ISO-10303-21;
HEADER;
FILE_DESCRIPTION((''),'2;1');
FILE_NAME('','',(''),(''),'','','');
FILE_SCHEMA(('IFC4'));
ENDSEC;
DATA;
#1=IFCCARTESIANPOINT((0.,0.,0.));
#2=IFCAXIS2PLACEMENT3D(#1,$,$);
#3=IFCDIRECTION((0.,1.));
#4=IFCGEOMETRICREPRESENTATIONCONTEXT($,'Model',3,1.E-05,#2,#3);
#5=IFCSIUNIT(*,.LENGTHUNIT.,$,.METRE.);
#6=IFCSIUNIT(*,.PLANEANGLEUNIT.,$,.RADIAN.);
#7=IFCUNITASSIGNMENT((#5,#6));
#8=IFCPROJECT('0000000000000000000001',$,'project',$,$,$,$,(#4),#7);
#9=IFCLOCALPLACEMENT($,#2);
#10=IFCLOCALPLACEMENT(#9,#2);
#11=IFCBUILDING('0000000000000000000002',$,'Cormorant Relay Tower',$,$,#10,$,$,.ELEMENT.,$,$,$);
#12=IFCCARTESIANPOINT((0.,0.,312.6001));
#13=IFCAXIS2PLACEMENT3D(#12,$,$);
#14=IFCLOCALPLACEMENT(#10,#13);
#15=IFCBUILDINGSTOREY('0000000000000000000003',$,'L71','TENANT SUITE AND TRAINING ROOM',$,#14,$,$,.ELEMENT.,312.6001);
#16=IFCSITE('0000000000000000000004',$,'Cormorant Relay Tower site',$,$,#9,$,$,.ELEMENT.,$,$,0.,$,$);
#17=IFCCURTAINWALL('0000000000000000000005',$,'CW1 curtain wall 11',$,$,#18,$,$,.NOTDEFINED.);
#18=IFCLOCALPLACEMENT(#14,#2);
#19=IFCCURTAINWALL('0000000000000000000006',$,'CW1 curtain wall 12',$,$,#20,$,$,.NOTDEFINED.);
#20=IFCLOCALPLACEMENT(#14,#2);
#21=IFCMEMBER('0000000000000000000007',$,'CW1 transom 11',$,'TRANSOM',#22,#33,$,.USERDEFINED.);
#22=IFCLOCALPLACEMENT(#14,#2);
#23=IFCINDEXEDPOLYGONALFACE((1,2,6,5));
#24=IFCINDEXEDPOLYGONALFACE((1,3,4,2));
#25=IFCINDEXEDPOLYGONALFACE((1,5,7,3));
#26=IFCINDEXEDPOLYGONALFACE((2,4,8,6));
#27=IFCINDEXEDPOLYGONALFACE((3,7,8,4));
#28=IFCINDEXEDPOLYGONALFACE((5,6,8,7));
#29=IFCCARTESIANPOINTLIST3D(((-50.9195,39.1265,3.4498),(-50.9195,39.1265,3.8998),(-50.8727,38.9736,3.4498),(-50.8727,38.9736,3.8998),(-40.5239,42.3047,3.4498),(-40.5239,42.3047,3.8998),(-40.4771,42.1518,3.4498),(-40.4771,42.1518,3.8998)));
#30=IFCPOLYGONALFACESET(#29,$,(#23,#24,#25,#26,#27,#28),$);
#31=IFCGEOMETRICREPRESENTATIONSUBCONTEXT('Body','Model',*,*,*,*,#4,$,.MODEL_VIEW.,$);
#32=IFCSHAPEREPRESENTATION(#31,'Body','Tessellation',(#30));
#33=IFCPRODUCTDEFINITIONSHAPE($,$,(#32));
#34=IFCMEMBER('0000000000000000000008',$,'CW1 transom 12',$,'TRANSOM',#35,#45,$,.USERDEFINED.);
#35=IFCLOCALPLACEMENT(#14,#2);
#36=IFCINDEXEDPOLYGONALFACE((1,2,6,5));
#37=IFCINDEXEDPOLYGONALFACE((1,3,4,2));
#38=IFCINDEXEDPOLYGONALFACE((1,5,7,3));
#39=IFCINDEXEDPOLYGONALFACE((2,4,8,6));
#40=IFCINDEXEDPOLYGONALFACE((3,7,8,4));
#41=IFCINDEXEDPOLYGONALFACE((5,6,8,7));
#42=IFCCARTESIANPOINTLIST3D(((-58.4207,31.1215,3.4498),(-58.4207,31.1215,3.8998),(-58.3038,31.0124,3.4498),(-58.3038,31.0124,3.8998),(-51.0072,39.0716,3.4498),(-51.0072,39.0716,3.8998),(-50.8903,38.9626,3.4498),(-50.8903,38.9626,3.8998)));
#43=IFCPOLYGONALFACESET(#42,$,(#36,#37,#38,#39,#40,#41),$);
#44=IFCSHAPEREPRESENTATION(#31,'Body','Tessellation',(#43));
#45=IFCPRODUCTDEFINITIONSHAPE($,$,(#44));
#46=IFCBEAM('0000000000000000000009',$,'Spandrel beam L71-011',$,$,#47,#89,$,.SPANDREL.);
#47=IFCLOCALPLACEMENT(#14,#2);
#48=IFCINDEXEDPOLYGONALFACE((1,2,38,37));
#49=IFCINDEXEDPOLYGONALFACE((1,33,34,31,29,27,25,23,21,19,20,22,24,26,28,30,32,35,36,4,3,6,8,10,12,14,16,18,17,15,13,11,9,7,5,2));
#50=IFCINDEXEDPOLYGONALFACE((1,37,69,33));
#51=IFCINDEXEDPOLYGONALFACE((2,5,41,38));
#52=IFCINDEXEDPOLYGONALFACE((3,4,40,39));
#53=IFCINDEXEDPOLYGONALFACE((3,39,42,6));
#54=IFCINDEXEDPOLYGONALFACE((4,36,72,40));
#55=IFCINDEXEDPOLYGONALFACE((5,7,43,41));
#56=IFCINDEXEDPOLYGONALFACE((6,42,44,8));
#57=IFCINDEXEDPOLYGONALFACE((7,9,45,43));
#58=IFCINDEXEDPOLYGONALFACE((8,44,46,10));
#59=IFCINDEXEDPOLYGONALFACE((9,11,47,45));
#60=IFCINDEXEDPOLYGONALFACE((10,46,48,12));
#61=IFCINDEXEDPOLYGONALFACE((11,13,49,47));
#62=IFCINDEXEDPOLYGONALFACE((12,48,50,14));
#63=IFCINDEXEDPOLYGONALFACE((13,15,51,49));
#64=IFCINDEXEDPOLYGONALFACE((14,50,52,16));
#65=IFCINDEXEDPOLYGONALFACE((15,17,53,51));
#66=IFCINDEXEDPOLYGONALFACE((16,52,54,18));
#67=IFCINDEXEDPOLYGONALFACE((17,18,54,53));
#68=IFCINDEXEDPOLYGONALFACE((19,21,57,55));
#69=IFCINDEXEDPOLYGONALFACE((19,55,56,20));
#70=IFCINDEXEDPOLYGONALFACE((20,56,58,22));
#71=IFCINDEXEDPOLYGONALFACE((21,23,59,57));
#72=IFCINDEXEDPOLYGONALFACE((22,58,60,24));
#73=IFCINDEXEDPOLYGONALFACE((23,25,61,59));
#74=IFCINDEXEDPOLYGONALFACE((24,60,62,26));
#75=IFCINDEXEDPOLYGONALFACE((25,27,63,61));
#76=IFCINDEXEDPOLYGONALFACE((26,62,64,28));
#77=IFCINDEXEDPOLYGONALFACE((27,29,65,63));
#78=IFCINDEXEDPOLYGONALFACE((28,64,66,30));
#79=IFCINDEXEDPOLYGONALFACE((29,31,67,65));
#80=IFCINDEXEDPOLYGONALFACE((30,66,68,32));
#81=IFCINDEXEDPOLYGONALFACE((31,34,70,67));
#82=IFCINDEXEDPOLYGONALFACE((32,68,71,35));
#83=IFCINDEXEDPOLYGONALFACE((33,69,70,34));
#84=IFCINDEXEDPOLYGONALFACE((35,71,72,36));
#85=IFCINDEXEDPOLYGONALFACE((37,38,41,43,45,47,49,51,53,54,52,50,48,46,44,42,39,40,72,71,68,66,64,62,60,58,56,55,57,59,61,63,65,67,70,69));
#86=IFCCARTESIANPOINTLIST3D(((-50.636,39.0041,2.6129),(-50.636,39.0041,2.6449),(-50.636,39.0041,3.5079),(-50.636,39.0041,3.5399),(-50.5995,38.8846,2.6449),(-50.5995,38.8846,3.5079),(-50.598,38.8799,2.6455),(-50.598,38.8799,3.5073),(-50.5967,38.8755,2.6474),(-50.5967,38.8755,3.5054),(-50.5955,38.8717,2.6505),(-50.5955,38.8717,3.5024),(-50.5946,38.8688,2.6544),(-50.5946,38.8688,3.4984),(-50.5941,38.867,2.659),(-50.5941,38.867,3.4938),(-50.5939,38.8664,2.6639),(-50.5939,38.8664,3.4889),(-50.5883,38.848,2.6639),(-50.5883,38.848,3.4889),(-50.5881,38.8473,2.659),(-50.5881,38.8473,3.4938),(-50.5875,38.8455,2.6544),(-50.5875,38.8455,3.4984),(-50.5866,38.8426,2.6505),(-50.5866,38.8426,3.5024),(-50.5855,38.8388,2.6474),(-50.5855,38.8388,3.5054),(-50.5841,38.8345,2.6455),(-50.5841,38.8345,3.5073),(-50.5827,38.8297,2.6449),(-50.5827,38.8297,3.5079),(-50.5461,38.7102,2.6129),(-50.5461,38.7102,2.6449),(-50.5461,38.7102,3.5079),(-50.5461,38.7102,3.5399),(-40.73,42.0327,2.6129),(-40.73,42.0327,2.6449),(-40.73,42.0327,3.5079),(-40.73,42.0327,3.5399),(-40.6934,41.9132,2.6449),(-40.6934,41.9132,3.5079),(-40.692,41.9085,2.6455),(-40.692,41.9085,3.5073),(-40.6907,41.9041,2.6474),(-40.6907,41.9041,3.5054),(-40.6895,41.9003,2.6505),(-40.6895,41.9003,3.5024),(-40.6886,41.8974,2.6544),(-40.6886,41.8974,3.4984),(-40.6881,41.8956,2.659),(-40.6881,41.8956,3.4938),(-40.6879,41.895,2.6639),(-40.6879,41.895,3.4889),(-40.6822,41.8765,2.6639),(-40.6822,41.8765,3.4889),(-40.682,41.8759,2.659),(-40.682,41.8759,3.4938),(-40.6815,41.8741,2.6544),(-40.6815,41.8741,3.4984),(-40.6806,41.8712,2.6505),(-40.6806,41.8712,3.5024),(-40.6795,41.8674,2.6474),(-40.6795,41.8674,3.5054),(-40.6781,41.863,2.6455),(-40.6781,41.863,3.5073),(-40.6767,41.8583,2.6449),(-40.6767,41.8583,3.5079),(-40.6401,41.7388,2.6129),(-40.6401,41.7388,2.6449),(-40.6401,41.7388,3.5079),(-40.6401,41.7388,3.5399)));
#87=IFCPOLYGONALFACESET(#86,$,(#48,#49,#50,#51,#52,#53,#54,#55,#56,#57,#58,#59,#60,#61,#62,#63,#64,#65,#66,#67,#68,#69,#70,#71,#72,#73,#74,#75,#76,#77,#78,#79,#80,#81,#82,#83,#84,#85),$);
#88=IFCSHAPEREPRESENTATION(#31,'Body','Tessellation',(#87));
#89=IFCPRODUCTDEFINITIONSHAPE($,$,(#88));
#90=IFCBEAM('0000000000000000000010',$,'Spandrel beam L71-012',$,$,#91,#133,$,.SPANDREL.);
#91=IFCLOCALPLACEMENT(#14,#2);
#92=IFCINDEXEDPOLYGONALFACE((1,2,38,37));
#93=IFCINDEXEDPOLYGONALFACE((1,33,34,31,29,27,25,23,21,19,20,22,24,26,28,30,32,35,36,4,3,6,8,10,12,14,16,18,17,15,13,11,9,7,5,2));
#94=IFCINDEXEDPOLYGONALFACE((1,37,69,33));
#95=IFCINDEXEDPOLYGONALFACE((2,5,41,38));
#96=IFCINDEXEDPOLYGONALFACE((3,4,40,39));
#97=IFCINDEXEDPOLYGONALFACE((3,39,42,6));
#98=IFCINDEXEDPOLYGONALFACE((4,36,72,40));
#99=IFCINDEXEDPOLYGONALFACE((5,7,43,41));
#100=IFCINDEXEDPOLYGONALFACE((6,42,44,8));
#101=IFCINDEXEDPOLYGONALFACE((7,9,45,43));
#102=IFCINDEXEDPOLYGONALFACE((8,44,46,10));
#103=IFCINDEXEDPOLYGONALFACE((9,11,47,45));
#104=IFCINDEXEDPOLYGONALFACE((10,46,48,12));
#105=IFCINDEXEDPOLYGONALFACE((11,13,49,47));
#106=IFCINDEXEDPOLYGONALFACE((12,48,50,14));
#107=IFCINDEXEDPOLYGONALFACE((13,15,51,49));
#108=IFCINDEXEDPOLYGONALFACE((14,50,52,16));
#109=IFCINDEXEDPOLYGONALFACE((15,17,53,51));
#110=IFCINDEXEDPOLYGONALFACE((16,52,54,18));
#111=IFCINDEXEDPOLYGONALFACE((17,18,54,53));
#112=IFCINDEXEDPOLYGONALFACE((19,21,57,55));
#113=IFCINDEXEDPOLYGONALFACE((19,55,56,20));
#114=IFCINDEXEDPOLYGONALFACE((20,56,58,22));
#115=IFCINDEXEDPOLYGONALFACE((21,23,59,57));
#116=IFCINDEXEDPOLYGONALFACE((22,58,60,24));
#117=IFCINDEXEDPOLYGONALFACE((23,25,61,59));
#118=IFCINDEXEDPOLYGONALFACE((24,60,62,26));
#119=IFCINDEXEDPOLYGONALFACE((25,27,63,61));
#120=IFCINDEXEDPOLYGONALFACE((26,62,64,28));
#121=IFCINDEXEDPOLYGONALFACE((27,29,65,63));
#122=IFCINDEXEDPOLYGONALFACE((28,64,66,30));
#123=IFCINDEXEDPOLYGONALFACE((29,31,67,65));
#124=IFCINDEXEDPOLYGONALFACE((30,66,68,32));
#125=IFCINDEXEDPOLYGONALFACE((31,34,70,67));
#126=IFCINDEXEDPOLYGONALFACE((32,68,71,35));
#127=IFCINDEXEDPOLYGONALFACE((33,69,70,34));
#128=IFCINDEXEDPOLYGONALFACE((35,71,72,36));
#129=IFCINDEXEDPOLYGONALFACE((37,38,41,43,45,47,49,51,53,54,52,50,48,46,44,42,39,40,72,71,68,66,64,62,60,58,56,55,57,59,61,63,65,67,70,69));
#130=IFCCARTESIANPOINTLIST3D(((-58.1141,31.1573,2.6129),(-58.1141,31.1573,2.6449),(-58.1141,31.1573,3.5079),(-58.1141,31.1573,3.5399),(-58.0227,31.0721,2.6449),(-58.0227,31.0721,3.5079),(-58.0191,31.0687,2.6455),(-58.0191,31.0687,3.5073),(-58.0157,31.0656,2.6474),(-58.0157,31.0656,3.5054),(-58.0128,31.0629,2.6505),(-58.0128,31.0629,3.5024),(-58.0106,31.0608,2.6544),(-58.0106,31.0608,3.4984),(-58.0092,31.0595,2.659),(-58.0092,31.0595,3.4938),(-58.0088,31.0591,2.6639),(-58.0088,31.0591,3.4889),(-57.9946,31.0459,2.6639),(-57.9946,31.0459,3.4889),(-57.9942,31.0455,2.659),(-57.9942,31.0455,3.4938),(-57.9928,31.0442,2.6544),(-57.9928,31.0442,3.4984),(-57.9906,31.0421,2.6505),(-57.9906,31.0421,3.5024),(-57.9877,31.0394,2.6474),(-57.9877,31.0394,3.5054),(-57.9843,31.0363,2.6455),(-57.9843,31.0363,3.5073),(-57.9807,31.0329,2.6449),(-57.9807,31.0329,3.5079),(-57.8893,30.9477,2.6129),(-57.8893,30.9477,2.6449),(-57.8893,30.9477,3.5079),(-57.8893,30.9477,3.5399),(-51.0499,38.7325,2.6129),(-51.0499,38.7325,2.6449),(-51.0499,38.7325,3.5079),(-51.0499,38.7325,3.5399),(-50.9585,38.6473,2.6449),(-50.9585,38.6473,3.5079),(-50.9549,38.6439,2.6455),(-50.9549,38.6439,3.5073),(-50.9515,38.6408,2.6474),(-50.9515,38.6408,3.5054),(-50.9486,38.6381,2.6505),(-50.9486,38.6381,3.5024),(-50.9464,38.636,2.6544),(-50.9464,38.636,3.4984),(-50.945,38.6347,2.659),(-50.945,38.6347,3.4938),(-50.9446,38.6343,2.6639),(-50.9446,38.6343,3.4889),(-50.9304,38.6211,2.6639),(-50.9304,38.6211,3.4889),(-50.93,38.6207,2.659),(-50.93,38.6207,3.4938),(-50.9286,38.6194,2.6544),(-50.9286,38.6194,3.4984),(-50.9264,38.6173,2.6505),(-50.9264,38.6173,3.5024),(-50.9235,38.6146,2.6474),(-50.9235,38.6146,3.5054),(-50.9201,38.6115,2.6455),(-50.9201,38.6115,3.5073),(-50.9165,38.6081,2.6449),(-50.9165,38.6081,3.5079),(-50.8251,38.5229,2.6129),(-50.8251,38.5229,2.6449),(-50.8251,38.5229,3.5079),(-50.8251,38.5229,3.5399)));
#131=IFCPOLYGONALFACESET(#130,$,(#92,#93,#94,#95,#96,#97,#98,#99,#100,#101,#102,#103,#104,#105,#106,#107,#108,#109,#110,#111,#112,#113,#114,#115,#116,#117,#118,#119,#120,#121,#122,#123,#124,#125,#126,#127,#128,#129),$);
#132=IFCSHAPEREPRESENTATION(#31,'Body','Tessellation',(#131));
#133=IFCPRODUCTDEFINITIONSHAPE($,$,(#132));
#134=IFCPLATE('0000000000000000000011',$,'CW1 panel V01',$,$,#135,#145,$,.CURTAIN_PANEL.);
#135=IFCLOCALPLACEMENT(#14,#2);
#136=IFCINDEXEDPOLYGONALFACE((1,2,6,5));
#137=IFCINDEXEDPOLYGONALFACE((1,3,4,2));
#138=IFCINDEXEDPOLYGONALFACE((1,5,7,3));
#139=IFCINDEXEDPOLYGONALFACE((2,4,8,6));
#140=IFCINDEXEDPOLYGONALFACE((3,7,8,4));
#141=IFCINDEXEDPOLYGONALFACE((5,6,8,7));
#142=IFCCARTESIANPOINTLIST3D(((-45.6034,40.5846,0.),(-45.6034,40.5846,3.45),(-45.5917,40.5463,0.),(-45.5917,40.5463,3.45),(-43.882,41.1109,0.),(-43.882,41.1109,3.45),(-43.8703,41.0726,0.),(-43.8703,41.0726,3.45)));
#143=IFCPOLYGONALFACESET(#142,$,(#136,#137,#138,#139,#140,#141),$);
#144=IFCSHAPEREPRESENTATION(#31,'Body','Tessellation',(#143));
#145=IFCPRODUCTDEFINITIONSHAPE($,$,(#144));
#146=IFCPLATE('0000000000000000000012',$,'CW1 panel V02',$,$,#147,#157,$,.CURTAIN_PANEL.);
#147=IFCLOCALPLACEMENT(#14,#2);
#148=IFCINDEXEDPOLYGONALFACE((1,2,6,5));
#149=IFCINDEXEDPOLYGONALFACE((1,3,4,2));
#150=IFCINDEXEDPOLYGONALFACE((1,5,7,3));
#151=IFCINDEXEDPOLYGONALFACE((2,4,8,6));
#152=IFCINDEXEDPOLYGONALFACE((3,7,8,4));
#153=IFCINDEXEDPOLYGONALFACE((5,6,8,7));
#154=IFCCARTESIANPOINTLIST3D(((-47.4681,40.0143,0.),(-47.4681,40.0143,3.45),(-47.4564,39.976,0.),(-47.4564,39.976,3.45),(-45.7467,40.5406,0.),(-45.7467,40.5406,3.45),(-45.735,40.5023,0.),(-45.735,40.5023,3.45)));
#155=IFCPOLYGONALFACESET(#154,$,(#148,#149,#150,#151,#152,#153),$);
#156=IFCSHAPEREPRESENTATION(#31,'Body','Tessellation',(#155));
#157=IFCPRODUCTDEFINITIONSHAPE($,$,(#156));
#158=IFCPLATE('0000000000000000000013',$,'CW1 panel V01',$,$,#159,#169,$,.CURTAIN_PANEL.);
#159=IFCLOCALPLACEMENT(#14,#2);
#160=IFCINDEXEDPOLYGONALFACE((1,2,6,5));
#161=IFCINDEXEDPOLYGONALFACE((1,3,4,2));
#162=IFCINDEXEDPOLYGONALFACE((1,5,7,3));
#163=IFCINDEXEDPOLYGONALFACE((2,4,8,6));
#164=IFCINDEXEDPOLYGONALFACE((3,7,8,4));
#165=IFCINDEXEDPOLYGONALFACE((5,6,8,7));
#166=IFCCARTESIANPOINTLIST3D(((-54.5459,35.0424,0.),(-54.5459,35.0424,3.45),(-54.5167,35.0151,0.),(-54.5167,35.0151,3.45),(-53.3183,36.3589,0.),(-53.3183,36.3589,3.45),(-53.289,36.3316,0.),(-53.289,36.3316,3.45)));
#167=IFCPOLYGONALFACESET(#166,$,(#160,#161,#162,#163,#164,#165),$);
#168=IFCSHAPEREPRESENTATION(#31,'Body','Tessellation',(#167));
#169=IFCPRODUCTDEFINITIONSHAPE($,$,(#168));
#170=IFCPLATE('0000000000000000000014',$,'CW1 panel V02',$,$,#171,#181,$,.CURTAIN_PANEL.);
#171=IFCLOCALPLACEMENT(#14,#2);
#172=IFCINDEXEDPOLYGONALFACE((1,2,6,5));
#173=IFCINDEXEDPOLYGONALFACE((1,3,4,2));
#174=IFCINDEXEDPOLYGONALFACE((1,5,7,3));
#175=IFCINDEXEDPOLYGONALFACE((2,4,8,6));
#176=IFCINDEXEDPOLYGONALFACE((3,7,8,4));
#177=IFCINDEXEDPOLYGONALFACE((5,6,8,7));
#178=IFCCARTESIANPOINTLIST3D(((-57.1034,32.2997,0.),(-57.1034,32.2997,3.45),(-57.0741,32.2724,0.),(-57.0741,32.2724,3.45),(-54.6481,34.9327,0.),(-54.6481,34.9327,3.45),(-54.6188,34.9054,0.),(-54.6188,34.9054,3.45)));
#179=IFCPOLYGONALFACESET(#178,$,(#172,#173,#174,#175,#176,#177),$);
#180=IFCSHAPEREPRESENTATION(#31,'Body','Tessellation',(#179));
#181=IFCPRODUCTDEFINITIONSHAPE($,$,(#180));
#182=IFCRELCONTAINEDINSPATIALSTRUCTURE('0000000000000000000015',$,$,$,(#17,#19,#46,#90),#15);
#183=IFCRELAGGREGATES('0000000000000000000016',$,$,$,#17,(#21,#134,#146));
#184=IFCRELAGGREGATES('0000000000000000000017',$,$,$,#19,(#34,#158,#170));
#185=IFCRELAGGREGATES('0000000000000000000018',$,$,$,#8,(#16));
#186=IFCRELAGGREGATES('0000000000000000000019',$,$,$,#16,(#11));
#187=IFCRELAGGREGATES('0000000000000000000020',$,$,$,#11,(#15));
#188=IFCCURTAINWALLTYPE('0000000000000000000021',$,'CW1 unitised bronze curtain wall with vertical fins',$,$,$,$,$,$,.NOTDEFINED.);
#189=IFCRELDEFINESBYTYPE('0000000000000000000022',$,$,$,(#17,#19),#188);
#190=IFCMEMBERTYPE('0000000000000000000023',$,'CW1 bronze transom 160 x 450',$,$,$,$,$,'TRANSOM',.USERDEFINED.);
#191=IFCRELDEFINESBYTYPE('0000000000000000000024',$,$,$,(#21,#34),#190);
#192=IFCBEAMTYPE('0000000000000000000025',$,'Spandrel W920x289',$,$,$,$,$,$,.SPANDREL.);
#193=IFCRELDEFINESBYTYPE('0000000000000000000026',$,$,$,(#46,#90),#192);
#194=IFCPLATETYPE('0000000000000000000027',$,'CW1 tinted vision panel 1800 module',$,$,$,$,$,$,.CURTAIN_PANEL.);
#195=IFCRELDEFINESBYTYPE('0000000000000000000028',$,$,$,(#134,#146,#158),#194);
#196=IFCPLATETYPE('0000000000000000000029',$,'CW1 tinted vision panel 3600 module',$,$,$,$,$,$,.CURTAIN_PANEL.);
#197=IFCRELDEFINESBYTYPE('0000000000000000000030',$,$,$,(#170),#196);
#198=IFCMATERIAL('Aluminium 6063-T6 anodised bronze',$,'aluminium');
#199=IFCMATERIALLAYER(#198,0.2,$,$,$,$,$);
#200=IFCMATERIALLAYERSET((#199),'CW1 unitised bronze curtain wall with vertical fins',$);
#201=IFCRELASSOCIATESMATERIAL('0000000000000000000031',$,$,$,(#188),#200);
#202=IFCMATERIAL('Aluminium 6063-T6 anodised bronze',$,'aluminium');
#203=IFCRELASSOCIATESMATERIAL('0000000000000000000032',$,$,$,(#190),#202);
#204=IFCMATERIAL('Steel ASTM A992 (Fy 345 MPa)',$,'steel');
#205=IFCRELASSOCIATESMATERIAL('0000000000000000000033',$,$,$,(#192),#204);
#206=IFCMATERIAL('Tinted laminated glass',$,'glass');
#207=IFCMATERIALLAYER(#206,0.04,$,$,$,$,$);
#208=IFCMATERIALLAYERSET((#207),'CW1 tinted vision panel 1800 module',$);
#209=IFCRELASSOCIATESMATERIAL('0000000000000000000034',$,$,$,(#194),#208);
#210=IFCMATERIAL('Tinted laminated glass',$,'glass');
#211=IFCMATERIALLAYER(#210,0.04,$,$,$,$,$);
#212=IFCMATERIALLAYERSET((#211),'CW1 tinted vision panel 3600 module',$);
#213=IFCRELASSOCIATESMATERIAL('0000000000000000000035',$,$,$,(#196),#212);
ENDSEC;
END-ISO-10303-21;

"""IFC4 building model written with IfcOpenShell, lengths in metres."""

from ifc_helpers import new_model, si_unit, direction, frame, origin, origin_2d, place, context, subcontext, project, spatial, rectangle, i_section, extrude, material, layer, layer_set, material_profile, profile_set, type_object, element, aggregate, save


model = new_model("IFC4")

# Units and contexts
model_context = context("Model", 3, precision=1e-05, world=origin(), true_north=direction((0.0, 1.0)))
body_context = subcontext(model_context, "Body", "Model", "MODEL_VIEW")
ifc_project = project(units=[si_unit("LENGTHUNIT", "METRE"), si_unit("PLANEANGLEUNIT", "RADIAN")], contexts=[model_context])

# Site, building, storey
site_placement = place(None, origin())
site = spatial("IfcSite", under=ifc_project, at=site_placement, Name="Cormorant Relay Tower site", CompositionType="ELEMENT", RefElevation=0.0)
building_placement = place(site_placement, origin())
building = spatial("IfcBuilding", under=site, at=building_placement, Name="Cormorant Relay Tower", CompositionType="ELEMENT")
storey_placement = place(building_placement, frame((0.0, 0.0, 312.6001)))
storey = spatial("IfcBuildingStorey", under=building, at=storey_placement, Name="L71", Description="TENANT SUITE AND TRAINING ROOM", CompositionType="ELEMENT", Elevation=312.6001)

# Curtain walls
ifc_material_1 = material(Name="Aluminium 6063-T6 anodised bronze", Category="aluminium")
ifc_layer_1 = layer(ifc_material_1, 0.2)
ifc_layer_set_1 = layer_set([ifc_layer_1], Name="CW1 unitised bronze curtain wall with vertical fins")
curtain_wall_type = type_object("IfcCurtainWallType", Name="CW1 unitised bronze curtain wall with vertical fins", PredefinedType="NOTDEFINED", material=ifc_layer_set_1)
curtain_wall_1_placement = place(storey_placement, origin())
curtain_wall_1 = element("IfcCurtainWall", 1, at=curtain_wall_1_placement, inside=storey, type_object=curtain_wall_type, Name="CW1 curtain wall 11", PredefinedType="NOTDEFINED")
curtain_wall_2_placement = place(storey_placement, origin())
curtain_wall_2 = element("IfcCurtainWall", 2, at=curtain_wall_2_placement, inside=storey, type_object=curtain_wall_type, Name="CW1 curtain wall 12", PredefinedType="NOTDEFINED")

# Members
ifc_material_2 = material(Name="Aluminium 6063-T6 anodised bronze", Category="aluminium")
ifc_material_profile_1 = material_profile(ifc_material_2, rectangle(XDim=0.1599, YDim=0.45, at=origin_2d()), Name="AL 160x450")
ifc_profile_set_1 = profile_set([ifc_material_profile_1], Name="Aluminium 6063-T6 anodised bronze")
member_type_1 = type_object("IfcMemberType", Name="CW1 bronze transom 160 x 450", ElementType="TRANSOM", PredefinedType="USERDEFINED", material=ifc_profile_set_1)
member_1_placement = place(storey_placement, frame((-40.5005, 42.2283, 3.6748), z_axis=(-0.956305, -0.292371, 0.0), x_axis=(0.292371, -0.956305, 0.0)))
member_1 = element("IfcMember", 3, at=member_1_placement, type_object=member_type_1, Name="CW1 transom 11", ObjectType="TRANSOM", PredefinedType="USERDEFINED", context=body_context, shape_type="SweptSolid", body=[
    extrude(rectangle(XDim=0.1599, YDim=0.45, at=origin_2d()), origin(), (0.0, 0.0, 1.0), 10.8706),
])
member_2_placement = place(storey_placement, frame((-50.9487, 39.0171, 3.6748), z_axis=(-0.681993, -0.731358, 0.0), x_axis=(0.731358, -0.681993, 0.0)))
member_2 = element("IfcMember", 4, at=member_2_placement, type_object=member_type_1, Name="CW1 transom 12", ObjectType="TRANSOM", PredefinedType="USERDEFINED", context=body_context, shape_type="SweptSolid", body=[
    extrude(rectangle(XDim=0.1599, YDim=0.45, at=origin_2d()), origin(), (0.0, 0.0, 1.0), 10.8704),
])

# Beams
ifc_material_3 = material(Name="Steel ASTM A992 (Fy 345 MPa)", Category="steel")
ifc_material_profile_2 = material_profile(ifc_material_3, i_section(OverallWidth=0.3074, OverallDepth=0.927, WebThickness=0.0193, FlangeThickness=0.032, FilletRadius=0.019, at=origin_2d()), Name="W920x289")
ifc_profile_set_2 = profile_set([ifc_material_profile_2], Name="Steel ASTM A992 (Fy 345 MPa)")
beam_type = type_object("IfcBeamType", Name="Spandrel W920x289", PredefinedType="SPANDREL", material=ifc_profile_set_2)
beam_1_placement = place(storey_placement, frame((-40.6851, 41.8857, 3.0764), z_axis=(-0.956305, -0.292371, 0.0), x_axis=(0.292371, -0.956305, 0.0)))
element("IfcBeam", 5, at=beam_1_placement, inside=storey, type_object=beam_type, Name="Spandrel beam L71-011", PredefinedType="SPANDREL", context=body_context, shape_type="SweptSolid", body=[
    extrude(i_section(OverallWidth=0.3074, OverallDepth=0.927, WebThickness=0.0193, FlangeThickness=0.032, FilletRadius=0.019, at=origin_2d()), origin(), (0.0, 0.0, 1.0), 10.3586),
])
beam_2_placement = place(storey_placement, frame((-50.9375, 38.6277, 3.0764), z_axis=(-0.68201, -0.731343, 0.0), x_axis=(0.731343, -0.68201, 0.0)))
element("IfcBeam", 6, at=beam_2_placement, inside=storey, type_object=beam_type, Name="Spandrel beam L71-012", PredefinedType="SPANDREL", context=body_context, shape_type="SweptSolid", body=[
    extrude(i_section(OverallWidth=0.3074, OverallDepth=0.927, WebThickness=0.0193, FlangeThickness=0.032, FilletRadius=0.019, at=origin_2d()), origin(), (0.0, 0.0, 1.0), 10.3579),
])

# Plates
ifc_material_4 = material(Name="Tinted laminated glass", Category="glass")
ifc_layer_2 = layer(ifc_material_4, 0.04)
ifc_layer_set_2 = layer_set([ifc_layer_2], Name="CW1 tinted vision panel 1800 module")
plate_type_1 = type_object("IfcPlateType", Name="CW1 tinted vision panel 1800 module", PredefinedType="CURTAIN_PANEL", material=ifc_layer_set_2)
plate_1_placement = place(storey_placement, frame((-44.7368, 40.8286, 0.0), z_axis=(0.0, 0.0, 1.0), x_axis=(-0.956305, -0.292372, 0.0)))
plate_1 = element("IfcPlate", 7, at=plate_1_placement, type_object=plate_type_1, Name="CW1 panel V01", PredefinedType="CURTAIN_PANEL", context=body_context, shape_type="SweptSolid", body=[
    extrude(rectangle(XDim=1.8, YDim=0.04, at=origin_2d()), origin(), (0.0, 0.0, 1.0), 3.45),
])
plate_2_placement = place(storey_placement, frame((-46.6016, 40.2583, 0.0), z_axis=(0.0, 0.0, 1.0), x_axis=(-0.956305, -0.292372, 0.0)))
plate_2 = element("IfcPlate", 8, at=plate_2_placement, type_object=plate_type_1, Name="CW1 panel V02", PredefinedType="CURTAIN_PANEL", context=body_context, shape_type="SweptSolid", body=[
    extrude(rectangle(XDim=1.8, YDim=0.04, at=origin_2d()), origin(), (0.0, 0.0, 1.0), 3.45),
])
plate_3_placement = place(storey_placement, frame((-53.9175, 35.687, 0.0), z_axis=(0.0, 0.0, 1.0), x_axis=(-0.681998, -0.731354, 0.0)))
plate_3 = element("IfcPlate", 9, at=plate_3_placement, type_object=plate_type_1, Name="CW1 panel V01", PredefinedType="CURTAIN_PANEL", context=body_context, shape_type="SweptSolid", body=[
    extrude(rectangle(XDim=1.8, YDim=0.04, at=origin_2d()), origin(), (0.0, 0.0, 1.0), 3.45),
])
ifc_material_5 = material(Name="Tinted laminated glass", Category="glass")
ifc_layer_3 = layer(ifc_material_5, 0.04)
ifc_layer_set_3 = layer_set([ifc_layer_3], Name="CW1 tinted vision panel 3600 module")
plate_type_2 = type_object("IfcPlateType", Name="CW1 tinted vision panel 3600 module", PredefinedType="CURTAIN_PANEL", material=ifc_layer_set_3)
plate_4_placement = place(storey_placement, frame((-55.8611, 33.6025, 0.0), z_axis=(0.0, 0.0, 1.0), x_axis=(-0.681998, -0.731354, 0.0)))
plate_4 = element("IfcPlate", 10, at=plate_4_placement, type_object=plate_type_2, Name="CW1 panel V02", PredefinedType="CURTAIN_PANEL", context=body_context, shape_type="SweptSolid", body=[
    extrude(rectangle(XDim=3.6001, YDim=0.04, at=origin_2d()), origin(), (0.0, 0.0, 1.0), 3.45),
])

aggregate(curtain_wall_1, [member_1, plate_1, plate_2])
aggregate(curtain_wall_2, [member_2, plate_3, plate_4])

save(model, "model.ifc")
